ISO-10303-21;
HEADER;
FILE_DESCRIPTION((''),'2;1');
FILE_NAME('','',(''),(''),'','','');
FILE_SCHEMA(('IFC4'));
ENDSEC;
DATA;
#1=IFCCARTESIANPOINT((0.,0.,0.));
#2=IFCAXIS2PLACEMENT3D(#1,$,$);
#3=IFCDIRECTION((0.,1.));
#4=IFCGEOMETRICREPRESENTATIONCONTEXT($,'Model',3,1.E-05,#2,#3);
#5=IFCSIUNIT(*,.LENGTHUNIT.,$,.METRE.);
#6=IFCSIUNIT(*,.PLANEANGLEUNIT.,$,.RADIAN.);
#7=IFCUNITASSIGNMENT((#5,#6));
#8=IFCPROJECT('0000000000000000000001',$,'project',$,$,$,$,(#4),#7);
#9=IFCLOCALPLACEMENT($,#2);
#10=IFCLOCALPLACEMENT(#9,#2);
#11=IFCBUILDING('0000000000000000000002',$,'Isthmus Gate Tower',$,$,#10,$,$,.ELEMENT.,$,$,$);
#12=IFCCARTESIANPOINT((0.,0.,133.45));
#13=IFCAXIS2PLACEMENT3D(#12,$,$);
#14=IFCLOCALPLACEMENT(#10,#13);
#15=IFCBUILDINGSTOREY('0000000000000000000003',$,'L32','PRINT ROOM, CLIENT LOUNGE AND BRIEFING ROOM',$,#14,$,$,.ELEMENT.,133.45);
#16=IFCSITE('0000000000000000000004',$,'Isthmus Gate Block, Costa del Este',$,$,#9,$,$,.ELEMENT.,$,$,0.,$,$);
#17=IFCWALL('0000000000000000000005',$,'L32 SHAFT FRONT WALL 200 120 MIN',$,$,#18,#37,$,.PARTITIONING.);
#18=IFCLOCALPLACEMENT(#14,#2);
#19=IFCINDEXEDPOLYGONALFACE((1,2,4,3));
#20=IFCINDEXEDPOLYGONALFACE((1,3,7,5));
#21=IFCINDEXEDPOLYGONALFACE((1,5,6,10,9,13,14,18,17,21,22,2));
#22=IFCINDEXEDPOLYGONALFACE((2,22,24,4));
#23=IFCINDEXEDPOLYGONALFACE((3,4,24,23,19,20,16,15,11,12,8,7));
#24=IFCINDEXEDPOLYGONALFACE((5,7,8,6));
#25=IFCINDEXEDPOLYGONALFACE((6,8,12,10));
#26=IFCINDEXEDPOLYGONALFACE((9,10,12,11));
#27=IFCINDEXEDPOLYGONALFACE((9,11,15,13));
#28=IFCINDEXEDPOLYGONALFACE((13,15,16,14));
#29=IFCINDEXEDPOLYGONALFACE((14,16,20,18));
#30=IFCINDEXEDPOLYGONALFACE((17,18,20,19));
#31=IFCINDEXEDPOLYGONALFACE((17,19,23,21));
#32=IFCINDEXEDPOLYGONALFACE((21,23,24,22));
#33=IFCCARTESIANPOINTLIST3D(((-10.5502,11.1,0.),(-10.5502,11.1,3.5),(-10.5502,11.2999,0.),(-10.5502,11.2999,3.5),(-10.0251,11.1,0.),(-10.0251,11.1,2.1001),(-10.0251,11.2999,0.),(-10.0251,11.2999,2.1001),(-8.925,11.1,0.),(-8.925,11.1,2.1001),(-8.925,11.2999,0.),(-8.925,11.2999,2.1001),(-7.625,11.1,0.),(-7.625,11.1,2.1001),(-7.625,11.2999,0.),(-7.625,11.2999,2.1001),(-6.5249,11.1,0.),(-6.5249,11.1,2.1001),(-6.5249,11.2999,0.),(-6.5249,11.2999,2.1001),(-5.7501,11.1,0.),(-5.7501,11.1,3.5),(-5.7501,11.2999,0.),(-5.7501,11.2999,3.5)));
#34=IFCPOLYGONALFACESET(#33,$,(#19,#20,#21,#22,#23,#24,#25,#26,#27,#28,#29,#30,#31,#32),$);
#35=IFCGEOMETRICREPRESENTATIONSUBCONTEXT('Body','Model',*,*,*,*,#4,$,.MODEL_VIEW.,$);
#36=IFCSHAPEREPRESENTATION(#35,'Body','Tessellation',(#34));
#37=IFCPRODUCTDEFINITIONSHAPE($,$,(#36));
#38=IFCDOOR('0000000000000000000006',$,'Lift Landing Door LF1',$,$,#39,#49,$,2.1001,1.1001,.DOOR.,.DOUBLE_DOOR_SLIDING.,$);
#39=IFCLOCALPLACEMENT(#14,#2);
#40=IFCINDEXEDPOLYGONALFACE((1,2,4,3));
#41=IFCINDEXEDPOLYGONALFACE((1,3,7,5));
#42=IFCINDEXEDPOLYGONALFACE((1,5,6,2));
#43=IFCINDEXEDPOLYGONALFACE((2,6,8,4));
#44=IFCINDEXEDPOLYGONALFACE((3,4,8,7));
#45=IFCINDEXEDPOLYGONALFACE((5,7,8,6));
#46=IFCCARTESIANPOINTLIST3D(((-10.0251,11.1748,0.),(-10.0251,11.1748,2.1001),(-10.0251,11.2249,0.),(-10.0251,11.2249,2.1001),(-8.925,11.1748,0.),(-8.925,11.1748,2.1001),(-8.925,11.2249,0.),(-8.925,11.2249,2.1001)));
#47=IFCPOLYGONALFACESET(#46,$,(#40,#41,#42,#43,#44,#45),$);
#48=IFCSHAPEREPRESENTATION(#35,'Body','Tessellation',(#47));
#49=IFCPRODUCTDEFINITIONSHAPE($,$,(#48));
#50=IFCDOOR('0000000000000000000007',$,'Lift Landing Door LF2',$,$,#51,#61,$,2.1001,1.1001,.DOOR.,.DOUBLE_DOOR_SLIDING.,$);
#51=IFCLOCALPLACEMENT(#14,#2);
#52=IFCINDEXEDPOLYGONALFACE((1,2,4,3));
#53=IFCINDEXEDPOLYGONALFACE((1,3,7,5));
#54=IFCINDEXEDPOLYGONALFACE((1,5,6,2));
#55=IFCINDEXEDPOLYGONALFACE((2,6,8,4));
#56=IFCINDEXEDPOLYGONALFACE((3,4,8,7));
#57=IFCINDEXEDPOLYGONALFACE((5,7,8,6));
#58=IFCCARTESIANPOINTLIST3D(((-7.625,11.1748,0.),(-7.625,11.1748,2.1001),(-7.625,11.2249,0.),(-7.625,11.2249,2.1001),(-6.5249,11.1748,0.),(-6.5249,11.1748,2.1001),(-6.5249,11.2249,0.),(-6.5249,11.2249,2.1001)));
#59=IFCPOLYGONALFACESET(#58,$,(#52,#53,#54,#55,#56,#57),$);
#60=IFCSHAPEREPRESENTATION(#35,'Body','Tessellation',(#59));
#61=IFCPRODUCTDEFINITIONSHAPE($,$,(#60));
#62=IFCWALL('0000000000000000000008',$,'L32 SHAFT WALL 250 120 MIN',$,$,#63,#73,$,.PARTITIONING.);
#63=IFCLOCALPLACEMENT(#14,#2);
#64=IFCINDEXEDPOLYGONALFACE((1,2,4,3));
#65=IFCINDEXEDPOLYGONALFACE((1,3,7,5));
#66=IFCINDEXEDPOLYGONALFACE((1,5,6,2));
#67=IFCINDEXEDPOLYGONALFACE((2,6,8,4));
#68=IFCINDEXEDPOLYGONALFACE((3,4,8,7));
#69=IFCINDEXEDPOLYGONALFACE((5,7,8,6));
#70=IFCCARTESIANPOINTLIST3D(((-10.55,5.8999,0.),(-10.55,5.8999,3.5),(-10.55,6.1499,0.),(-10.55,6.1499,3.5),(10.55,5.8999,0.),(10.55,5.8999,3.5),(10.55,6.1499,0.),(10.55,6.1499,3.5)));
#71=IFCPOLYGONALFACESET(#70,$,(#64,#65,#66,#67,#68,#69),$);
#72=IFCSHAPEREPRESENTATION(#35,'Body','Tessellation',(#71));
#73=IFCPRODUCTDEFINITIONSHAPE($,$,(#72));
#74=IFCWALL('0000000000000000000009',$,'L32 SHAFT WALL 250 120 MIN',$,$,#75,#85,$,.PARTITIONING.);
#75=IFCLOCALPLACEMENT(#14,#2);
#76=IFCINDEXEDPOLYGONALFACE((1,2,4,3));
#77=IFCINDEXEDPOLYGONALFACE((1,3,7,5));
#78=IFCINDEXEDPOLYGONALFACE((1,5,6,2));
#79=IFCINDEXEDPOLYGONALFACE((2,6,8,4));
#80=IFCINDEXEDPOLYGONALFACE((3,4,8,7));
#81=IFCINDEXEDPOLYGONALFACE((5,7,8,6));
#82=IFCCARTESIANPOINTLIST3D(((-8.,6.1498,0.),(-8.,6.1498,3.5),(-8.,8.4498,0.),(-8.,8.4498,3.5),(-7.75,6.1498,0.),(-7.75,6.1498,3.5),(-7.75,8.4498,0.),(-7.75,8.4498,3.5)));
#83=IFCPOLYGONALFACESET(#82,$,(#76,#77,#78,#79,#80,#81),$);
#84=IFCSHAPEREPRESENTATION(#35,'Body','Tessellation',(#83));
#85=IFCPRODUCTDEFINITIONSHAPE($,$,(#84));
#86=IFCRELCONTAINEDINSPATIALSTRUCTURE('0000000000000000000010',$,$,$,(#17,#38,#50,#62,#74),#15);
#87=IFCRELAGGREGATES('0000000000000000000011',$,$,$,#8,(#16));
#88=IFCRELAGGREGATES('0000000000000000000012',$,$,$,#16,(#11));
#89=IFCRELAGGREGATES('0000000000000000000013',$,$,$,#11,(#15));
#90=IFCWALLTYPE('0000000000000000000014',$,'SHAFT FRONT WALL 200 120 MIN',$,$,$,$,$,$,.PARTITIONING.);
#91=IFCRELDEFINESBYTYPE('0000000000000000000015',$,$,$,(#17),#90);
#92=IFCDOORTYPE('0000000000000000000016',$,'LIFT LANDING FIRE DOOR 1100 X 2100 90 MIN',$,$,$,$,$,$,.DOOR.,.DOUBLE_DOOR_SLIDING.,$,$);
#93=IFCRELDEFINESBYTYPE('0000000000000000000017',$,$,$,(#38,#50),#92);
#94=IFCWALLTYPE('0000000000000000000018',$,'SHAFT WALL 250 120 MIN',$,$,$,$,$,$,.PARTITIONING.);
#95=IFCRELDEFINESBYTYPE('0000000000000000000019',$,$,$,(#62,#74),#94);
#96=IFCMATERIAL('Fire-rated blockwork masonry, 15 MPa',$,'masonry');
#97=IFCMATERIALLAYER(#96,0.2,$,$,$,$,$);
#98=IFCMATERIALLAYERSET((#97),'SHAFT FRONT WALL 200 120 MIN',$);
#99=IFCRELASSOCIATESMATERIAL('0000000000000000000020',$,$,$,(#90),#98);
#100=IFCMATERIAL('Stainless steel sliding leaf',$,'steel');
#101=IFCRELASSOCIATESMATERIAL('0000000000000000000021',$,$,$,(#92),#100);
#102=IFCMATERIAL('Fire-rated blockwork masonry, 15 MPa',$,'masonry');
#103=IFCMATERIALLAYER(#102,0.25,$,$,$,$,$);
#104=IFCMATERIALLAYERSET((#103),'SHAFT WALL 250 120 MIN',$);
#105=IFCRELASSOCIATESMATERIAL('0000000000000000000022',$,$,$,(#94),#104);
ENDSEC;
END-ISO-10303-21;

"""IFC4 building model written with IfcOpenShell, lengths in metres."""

from ifc_helpers import new_model, si_unit, direction, frame, frame_2d, origin, place, context, subcontext, project, spatial, rectangle, extrude, material, layer, layer_set, type_object, element, fill, save


model = new_model("IFC4")

# Units and contexts
model_context = context("Model", 3, precision=1e-05, world=origin(), true_north=direction((0.0, 1.0)))
body_context = subcontext(model_context, "Body", "Model", "MODEL_VIEW")
ifc_project = project(units=[si_unit("LENGTHUNIT", "METRE"), si_unit("PLANEANGLEUNIT", "RADIAN")], contexts=[model_context])

# Site, building, storey
site_placement = place(None, origin())
site = spatial("IfcSite", under=ifc_project, at=site_placement, Name="Isthmus Gate Block, Costa del Este", CompositionType="ELEMENT", RefElevation=0.0)
building_placement = place(site_placement, origin())
building = spatial("IfcBuilding", under=site, at=building_placement, Name="Isthmus Gate Tower", CompositionType="ELEMENT")
storey_placement = place(building_placement, frame((0.0, 0.0, 133.45)))
storey = spatial("IfcBuildingStorey", under=building, at=storey_placement, Name="L32", Description="PRINT ROOM, CLIENT LOUNGE AND BRIEFING ROOM", CompositionType="ELEMENT", Elevation=133.45)

# Wall, openings, doors
ifc_material_1 = material(Name="Fire-rated blockwork masonry, 15 MPa", Category="masonry")
ifc_layer_1 = layer(ifc_material_1, 0.2)
ifc_layer_set_1 = layer_set([ifc_layer_1], Name="SHAFT FRONT WALL 200 120 MIN")
wall_type_1 = type_object("IfcWallType", Name="SHAFT FRONT WALL 200 120 MIN", PredefinedType="PARTITIONING", material=ifc_layer_set_1)
wall_1_placement = place(storey_placement, frame((-10.55, 11.2, 0.0), z_axis=(0.0, 0.0, 1.0), x_axis=(1.0, 0.0, 0.0)))
wall_1 = element("IfcWall", 1, at=wall_1_placement, inside=storey, type_object=wall_type_1, Name="L32 SHAFT FRONT WALL 200 120 MIN", PredefinedType="PARTITIONING", context=body_context, shape_type="SweptSolid", body=[
    extrude(rectangle(XDim=4.8, YDim=0.2, at=frame_2d((2.3999, 0.0))), origin(), (0.0, 0.0, 1.0), 3.5),
])
opening_1_placement = place(wall_1_placement, frame((0.5249, 0.0, 0.0)))
opening_1 = element("IfcOpeningElement", 2, at=opening_1_placement, cuts=wall_1, PredefinedType="OPENING", context=body_context, shape_type="SweptSolid", body=[
    extrude(rectangle(XDim=1.1001, YDim=2.1001, at=frame_2d((0.55, 1.05))), frame((0.0, 0.1099, 0.0), z_axis=(0.0, -1.0, 0.0), x_axis=(1.0, 0.0, 0.0)), (0.0, 0.0, 1.0), 0.22),
])
opening_2_placement = place(wall_1_placement, frame((2.925, 0.0, 0.0)))
opening_2 = element("IfcOpeningElement", 3, at=opening_2_placement, cuts=wall_1, PredefinedType="OPENING", context=body_context, shape_type="SweptSolid", body=[
    extrude(rectangle(XDim=1.1001, YDim=2.1001, at=frame_2d((0.55, 1.05))), frame((0.0, 0.1099, 0.0), z_axis=(0.0, -1.0, 0.0), x_axis=(1.0, 0.0, 0.0)), (0.0, 0.0, 1.0), 0.22),
])
ifc_material_2 = material(Name="Stainless steel sliding leaf", Category="steel")
door_type_1 = type_object("IfcDoorType", Name="LIFT LANDING FIRE DOOR 1100 X 2100 90 MIN", OperationType="DOUBLE_DOOR_SLIDING", PredefinedType="DOOR", material=ifc_material_2)
door_1_placement = place(opening_1_placement, origin())
door_1 = element("IfcDoor", 4, at=door_1_placement, inside=storey, type_object=door_type_1, Name="Lift Landing Door LF1", OperationType="DOUBLE_DOOR_SLIDING", OverallHeight=2.1001, OverallWidth=1.1001, PredefinedType="DOOR", context=body_context, shape_type="SweptSolid", body=[
    extrude(rectangle(XDim=1.1001, YDim=2.1001, at=frame_2d((0.55, 1.05))), frame((0.0, 0.0249, 0.0), z_axis=(0.0, -1.0, 0.0), x_axis=(1.0, 0.0, 0.0)), (0.0, 0.0, 1.0), 0.05),
])
fill(opening_1, door_1)
door_2_placement = place(opening_2_placement, origin())
door_2 = element("IfcDoor", 5, at=door_2_placement, inside=storey, type_object=door_type_1, Name="Lift Landing Door LF2", OperationType="DOUBLE_DOOR_SLIDING", OverallHeight=2.1001, OverallWidth=1.1001, PredefinedType="DOOR", context=body_context, shape_type="SweptSolid", body=[
    extrude(rectangle(XDim=1.1001, YDim=2.1001, at=frame_2d((0.55, 1.05))), frame((0.0, 0.0249, 0.0), z_axis=(0.0, -1.0, 0.0), x_axis=(1.0, 0.0, 0.0)), (0.0, 0.0, 1.0), 0.05),
])
fill(opening_2, door_2)

# Walls
ifc_material_3 = material(Name="Fire-rated blockwork masonry, 15 MPa", Category="masonry")
ifc_layer_2 = layer(ifc_material_3, 0.25)
ifc_layer_set_2 = layer_set([ifc_layer_2], Name="SHAFT WALL 250 120 MIN")
wall_type_2 = type_object("IfcWallType", Name="SHAFT WALL 250 120 MIN", PredefinedType="PARTITIONING", material=ifc_layer_set_2)
wall_2_placement = place(storey_placement, frame((-10.55, 6.0249, 0.0), z_axis=(0.0, 0.0, 1.0), x_axis=(1.0, 0.0, 0.0)))
element("IfcWall", 6, at=wall_2_placement, inside=storey, type_object=wall_type_2, Name="L32 SHAFT WALL 250 120 MIN", PredefinedType="PARTITIONING", context=body_context, shape_type="SweptSolid", body=[
    extrude(rectangle(XDim=21.1001, YDim=0.25, at=frame_2d((10.55, 0.0))), origin(), (0.0, 0.0, 1.0), 3.5),
])
wall_3_placement = place(storey_placement, frame((-7.875, 6.1499, 0.0), z_axis=(0.0, 0.0, 1.0), x_axis=(0.0, 1.0, 0.0)))
element("IfcWall", 7, at=wall_3_placement, inside=storey, type_object=wall_type_2, Name="L32 SHAFT WALL 250 120 MIN", PredefinedType="PARTITIONING", context=body_context, shape_type="SweptSolid", body=[
    extrude(rectangle(XDim=2.3, YDim=0.25, at=frame_2d((1.1499, 0.0))), origin(), (0.0, 0.0, 1.0), 3.5),
])

save(model, "model.ifc")
